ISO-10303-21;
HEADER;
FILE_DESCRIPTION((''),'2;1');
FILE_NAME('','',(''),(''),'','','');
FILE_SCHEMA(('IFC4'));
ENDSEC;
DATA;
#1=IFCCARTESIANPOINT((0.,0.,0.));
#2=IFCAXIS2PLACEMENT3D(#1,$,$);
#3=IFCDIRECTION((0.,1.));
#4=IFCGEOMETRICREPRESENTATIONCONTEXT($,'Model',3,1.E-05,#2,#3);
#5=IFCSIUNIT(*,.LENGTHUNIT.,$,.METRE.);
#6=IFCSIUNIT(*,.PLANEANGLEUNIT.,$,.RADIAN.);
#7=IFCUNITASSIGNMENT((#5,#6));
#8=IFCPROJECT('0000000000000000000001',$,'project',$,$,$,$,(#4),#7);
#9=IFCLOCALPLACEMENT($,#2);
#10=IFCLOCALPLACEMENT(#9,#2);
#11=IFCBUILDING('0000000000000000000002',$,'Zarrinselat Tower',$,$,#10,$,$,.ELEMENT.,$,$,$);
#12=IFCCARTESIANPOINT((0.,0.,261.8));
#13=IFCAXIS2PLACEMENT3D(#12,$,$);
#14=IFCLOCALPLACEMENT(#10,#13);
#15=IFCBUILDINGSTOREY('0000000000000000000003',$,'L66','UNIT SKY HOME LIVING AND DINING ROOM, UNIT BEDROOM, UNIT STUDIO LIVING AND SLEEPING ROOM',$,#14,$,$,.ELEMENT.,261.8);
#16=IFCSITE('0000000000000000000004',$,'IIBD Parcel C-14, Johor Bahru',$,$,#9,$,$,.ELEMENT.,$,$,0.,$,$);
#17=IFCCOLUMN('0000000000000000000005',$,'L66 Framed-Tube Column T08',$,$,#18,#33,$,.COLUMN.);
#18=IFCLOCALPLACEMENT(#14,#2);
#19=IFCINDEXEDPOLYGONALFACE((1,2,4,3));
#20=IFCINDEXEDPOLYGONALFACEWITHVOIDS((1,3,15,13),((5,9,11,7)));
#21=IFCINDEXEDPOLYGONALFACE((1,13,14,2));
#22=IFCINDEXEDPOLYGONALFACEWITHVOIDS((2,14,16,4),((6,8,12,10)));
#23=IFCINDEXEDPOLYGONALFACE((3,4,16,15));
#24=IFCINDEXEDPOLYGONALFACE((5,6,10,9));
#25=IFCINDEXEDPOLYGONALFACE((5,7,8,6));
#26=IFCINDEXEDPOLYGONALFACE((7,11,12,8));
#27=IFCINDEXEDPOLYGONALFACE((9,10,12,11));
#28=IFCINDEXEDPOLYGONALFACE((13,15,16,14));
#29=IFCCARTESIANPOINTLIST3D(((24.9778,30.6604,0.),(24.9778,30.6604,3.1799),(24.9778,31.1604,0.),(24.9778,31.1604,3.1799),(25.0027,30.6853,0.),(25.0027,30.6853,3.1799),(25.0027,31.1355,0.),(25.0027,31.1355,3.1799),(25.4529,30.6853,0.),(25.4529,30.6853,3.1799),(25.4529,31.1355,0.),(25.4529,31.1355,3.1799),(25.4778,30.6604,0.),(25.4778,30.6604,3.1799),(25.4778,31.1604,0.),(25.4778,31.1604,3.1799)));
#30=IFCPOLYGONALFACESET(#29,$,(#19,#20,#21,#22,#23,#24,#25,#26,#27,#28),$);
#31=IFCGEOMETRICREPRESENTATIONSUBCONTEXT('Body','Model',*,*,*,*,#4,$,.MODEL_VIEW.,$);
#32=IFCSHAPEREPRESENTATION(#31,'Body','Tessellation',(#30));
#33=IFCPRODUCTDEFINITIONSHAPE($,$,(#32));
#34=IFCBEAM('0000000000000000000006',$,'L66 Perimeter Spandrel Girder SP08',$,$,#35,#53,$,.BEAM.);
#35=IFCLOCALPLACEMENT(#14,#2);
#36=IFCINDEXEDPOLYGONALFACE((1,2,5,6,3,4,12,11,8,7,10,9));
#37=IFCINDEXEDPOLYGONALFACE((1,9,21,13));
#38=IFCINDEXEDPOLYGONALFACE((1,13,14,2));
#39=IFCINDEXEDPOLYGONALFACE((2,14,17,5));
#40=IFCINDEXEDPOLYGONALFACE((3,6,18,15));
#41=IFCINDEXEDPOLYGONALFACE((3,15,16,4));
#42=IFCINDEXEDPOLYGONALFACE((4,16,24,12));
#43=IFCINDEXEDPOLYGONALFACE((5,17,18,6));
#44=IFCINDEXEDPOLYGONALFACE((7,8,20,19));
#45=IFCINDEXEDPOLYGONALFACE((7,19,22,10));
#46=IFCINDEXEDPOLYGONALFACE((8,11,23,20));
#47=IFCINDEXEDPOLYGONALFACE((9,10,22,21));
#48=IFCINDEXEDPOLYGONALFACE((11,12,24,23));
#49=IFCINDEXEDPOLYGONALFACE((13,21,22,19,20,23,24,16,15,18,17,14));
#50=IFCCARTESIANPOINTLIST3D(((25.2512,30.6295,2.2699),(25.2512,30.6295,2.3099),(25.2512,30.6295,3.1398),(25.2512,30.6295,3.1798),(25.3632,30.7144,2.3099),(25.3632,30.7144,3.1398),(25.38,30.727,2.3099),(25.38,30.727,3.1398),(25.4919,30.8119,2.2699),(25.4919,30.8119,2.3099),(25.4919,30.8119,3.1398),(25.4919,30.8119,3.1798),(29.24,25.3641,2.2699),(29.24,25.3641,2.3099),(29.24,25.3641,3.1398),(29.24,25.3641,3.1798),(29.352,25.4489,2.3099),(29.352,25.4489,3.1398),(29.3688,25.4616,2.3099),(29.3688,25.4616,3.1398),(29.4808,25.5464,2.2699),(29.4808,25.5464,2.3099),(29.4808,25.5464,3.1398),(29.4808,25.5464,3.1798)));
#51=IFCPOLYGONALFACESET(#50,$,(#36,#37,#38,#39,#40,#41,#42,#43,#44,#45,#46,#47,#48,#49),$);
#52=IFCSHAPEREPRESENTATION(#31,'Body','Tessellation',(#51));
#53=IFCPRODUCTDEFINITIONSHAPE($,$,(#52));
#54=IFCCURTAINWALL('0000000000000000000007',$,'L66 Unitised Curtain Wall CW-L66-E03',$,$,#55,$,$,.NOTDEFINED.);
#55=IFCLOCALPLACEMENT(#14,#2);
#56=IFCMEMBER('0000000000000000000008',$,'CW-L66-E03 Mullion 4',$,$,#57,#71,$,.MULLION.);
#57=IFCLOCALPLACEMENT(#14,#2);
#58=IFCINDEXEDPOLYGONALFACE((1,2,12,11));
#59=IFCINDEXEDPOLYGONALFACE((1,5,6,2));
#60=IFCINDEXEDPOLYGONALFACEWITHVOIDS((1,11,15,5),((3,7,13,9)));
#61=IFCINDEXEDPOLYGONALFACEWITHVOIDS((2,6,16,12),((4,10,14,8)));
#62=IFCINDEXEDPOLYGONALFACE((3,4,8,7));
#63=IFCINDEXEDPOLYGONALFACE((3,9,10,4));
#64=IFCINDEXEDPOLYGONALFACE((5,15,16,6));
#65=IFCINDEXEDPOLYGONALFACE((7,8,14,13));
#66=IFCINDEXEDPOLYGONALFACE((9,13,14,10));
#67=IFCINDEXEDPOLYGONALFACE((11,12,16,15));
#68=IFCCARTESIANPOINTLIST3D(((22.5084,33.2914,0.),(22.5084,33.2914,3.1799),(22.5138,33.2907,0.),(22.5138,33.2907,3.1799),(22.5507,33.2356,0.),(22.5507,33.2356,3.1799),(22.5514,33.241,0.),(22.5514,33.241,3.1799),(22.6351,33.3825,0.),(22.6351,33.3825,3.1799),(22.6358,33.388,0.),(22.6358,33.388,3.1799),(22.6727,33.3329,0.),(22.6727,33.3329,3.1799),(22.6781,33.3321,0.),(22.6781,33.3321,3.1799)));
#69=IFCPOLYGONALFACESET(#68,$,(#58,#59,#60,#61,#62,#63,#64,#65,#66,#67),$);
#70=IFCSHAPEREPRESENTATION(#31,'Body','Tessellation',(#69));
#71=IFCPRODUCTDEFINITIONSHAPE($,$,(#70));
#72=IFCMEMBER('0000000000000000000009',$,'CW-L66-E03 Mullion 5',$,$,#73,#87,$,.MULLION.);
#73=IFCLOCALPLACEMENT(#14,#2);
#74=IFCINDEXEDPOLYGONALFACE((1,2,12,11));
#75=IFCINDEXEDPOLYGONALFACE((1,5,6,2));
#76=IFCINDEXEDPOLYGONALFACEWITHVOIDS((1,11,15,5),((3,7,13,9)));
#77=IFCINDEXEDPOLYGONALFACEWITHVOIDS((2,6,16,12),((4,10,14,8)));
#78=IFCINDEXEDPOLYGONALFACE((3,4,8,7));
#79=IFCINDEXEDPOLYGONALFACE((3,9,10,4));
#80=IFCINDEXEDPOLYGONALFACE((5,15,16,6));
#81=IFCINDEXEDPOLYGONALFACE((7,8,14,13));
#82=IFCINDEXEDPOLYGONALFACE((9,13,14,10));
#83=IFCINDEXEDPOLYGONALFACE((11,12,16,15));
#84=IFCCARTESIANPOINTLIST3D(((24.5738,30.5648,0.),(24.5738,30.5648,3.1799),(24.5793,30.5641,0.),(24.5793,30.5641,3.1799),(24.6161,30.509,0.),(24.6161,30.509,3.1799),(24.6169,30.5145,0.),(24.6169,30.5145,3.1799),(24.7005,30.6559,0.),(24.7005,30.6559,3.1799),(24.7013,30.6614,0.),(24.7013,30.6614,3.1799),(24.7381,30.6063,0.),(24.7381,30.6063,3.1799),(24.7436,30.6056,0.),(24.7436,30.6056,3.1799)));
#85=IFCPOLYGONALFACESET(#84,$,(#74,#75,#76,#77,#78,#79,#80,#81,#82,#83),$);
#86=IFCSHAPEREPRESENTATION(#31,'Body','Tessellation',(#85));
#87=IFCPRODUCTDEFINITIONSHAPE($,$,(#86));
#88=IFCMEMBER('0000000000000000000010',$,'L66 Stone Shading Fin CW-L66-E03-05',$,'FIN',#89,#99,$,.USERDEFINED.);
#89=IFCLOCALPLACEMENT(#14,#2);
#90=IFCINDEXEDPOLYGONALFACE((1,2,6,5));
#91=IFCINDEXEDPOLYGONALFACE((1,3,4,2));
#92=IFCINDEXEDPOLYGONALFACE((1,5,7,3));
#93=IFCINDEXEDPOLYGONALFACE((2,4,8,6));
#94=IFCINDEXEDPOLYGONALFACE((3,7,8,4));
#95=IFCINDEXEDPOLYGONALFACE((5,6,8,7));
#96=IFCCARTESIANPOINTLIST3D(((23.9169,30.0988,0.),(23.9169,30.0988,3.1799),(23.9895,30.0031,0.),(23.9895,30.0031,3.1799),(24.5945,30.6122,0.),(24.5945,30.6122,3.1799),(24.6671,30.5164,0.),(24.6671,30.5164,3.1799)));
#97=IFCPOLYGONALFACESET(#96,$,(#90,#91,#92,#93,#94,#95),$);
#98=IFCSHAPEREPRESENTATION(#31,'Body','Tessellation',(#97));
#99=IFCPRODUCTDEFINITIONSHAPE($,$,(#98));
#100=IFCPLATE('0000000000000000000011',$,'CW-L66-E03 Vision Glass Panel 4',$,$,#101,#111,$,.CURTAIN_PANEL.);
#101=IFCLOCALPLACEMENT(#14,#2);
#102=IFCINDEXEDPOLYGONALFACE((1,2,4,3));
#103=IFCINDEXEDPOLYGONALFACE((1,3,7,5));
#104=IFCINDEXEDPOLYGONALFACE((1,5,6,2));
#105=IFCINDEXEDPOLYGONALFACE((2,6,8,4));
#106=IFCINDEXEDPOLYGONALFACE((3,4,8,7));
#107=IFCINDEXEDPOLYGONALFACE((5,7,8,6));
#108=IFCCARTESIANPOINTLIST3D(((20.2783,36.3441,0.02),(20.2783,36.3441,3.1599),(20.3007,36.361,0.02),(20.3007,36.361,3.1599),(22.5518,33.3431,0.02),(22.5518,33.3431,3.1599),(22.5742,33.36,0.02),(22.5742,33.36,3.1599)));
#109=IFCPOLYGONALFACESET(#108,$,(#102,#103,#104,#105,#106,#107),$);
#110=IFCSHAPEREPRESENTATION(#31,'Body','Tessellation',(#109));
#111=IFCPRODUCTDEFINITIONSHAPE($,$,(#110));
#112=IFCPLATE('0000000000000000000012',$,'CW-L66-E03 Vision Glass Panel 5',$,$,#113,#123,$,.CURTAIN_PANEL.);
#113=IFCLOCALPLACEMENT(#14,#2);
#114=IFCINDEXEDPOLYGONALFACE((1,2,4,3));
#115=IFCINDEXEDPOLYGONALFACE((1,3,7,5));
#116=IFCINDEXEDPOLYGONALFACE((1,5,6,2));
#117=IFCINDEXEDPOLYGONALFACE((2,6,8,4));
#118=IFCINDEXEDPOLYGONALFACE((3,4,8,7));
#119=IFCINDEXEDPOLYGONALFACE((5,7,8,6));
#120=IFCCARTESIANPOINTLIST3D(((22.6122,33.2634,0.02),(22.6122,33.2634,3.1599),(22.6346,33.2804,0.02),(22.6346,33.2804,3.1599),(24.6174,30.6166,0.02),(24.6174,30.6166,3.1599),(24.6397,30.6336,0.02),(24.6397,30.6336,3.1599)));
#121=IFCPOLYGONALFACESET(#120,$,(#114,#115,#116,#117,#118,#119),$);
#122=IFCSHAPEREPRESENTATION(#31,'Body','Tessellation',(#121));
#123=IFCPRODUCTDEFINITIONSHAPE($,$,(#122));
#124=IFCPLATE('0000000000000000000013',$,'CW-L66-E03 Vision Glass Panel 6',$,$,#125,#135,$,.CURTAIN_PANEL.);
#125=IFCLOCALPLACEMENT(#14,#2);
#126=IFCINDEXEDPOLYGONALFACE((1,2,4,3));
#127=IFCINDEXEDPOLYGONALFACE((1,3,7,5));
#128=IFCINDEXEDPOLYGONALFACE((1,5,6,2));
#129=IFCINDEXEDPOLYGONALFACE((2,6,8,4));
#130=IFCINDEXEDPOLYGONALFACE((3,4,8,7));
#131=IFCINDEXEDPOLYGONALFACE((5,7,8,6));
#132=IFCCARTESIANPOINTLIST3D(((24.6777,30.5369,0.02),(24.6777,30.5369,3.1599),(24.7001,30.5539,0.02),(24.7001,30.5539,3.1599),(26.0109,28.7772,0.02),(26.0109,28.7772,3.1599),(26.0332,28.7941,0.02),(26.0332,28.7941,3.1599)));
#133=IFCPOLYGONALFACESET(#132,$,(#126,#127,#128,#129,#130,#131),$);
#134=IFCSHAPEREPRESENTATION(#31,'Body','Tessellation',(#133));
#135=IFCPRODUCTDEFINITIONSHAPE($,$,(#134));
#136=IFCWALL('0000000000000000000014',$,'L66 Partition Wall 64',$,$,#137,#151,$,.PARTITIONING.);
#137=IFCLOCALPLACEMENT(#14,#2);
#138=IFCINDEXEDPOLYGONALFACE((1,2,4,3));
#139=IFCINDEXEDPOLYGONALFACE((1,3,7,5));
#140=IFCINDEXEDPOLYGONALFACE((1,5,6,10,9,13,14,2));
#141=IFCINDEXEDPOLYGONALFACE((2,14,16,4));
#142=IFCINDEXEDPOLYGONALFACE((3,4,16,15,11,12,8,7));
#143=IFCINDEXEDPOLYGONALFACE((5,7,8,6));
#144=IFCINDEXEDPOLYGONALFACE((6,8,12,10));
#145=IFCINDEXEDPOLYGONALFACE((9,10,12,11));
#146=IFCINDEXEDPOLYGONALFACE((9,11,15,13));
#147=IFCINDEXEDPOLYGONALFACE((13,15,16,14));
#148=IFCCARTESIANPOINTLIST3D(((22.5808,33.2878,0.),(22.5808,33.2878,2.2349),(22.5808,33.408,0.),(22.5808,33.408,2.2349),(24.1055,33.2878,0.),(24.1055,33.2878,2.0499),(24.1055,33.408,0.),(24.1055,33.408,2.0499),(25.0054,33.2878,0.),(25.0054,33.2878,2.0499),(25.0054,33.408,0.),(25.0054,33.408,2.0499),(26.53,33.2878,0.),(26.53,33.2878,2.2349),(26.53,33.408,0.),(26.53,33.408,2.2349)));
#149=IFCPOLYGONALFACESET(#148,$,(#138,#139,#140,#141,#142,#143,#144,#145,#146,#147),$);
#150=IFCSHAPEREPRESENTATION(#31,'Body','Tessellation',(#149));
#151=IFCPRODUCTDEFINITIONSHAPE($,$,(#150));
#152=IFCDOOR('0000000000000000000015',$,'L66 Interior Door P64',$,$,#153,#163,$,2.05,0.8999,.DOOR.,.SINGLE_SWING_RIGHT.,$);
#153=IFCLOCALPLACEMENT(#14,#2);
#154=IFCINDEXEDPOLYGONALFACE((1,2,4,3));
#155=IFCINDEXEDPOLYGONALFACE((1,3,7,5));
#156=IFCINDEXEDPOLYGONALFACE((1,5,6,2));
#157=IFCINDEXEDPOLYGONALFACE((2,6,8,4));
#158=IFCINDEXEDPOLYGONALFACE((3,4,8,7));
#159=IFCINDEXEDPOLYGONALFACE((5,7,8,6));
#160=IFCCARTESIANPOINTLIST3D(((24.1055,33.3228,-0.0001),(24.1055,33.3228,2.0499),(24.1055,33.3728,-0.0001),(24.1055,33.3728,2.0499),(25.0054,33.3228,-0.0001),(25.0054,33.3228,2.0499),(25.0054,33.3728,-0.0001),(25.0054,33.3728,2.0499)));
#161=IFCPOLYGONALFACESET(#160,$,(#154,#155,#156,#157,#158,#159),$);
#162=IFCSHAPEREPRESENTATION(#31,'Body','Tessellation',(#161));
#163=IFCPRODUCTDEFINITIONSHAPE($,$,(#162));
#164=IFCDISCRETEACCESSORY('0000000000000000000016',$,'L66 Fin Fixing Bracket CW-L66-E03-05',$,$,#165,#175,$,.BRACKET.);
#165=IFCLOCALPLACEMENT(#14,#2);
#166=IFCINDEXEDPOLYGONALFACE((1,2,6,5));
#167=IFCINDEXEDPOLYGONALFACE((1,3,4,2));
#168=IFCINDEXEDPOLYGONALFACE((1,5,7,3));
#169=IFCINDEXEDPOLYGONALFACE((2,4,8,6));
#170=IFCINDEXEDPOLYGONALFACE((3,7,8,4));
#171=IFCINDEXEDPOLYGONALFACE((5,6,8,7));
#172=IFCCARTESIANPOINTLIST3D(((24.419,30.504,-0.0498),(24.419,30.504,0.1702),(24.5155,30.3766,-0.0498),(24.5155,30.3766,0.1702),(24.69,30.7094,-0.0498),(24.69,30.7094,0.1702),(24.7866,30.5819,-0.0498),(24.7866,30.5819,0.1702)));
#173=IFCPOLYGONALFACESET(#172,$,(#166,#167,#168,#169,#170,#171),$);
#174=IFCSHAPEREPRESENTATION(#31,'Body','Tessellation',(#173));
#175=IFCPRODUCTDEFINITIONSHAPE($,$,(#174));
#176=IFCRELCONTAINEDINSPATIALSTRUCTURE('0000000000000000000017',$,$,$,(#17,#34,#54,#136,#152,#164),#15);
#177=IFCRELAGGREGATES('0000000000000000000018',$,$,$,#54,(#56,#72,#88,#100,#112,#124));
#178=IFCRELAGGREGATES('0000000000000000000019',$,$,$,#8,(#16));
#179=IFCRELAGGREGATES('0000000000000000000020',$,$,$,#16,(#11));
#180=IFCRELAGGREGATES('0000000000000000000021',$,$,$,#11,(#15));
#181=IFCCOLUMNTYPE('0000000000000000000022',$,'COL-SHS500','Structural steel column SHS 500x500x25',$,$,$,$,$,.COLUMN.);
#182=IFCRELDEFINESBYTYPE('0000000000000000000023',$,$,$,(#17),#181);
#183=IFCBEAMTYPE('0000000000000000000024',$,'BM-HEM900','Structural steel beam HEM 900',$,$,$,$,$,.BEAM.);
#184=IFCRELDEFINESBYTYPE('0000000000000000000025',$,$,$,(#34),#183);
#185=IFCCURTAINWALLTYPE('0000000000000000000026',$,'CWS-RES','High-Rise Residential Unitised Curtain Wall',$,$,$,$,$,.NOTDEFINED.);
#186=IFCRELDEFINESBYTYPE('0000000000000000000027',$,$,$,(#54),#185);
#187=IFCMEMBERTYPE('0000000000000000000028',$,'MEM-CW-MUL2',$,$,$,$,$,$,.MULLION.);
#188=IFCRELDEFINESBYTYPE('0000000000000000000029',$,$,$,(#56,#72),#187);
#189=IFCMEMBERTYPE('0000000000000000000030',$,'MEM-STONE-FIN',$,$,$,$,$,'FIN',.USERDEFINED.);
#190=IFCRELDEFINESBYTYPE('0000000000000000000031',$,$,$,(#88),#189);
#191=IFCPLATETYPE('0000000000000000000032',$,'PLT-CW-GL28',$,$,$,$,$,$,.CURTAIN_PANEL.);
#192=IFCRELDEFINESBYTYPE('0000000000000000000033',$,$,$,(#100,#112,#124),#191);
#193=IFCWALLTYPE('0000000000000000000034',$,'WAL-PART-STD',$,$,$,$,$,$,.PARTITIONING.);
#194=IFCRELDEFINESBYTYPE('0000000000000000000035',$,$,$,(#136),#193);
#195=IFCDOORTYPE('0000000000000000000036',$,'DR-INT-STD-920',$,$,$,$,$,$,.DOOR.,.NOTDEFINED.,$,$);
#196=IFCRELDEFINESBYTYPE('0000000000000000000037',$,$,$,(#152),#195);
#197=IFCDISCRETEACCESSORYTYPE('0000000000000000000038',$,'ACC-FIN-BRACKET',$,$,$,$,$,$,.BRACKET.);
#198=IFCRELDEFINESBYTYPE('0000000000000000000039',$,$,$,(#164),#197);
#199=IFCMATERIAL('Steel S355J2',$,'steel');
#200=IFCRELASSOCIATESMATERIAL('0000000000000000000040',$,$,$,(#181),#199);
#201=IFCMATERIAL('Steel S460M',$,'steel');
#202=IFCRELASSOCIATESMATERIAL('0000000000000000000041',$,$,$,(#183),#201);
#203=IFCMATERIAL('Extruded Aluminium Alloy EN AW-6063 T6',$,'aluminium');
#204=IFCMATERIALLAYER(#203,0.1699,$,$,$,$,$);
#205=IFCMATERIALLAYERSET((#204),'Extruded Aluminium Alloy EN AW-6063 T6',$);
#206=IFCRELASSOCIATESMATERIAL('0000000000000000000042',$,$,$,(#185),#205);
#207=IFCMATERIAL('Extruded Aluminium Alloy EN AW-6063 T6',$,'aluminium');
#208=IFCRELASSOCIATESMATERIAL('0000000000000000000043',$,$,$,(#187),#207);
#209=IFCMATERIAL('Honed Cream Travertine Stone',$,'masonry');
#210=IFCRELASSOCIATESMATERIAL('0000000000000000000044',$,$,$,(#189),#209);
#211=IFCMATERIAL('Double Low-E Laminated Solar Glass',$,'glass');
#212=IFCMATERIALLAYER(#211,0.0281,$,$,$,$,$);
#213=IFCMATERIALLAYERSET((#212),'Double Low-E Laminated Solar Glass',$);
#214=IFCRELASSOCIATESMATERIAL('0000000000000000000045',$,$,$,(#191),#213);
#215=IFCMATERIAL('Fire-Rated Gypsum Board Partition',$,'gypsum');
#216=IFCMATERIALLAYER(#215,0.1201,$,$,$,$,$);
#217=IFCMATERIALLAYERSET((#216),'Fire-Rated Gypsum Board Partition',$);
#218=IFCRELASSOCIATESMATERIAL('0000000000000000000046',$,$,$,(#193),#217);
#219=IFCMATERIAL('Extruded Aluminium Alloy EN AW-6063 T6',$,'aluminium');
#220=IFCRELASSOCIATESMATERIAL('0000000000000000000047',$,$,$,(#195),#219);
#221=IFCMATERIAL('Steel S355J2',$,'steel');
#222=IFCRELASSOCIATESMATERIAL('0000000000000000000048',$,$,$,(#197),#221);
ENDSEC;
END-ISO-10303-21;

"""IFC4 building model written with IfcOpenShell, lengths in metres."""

from ifc_helpers import new_model, si_unit, direction, frame, frame_2d, origin, origin_2d, place, context, subcontext, project, spatial, rectangle, hollow_rectangle, i_section, extrude, material, layer, layer_set, material_profile, profile_set, type_object, element, fill, aggregate, save


model = new_model("IFC4")

# Units and contexts
model_context = context("Model", 3, precision=1e-05, world=origin(), true_north=direction((0.0, 1.0)))
body_context = subcontext(model_context, "Body", "Model", "MODEL_VIEW")
ifc_project = project(units=[si_unit("LENGTHUNIT", "METRE"), si_unit("PLANEANGLEUNIT", "RADIAN")], contexts=[model_context])

# Site, building, storey
site_placement = place(None, origin())
site = spatial("IfcSite", under=ifc_project, at=site_placement, Name="IIBD Parcel C-14, Johor Bahru", CompositionType="ELEMENT", RefElevation=0.0)
building_placement = place(site_placement, origin())
building = spatial("IfcBuilding", under=site, at=building_placement, Name="Zarrinselat Tower", CompositionType="ELEMENT")
storey_placement = place(building_placement, frame((0.0, 0.0, 261.8)))
storey = spatial("IfcBuildingStorey", under=building, at=storey_placement, Name="L66", Description="UNIT SKY HOME LIVING AND DINING ROOM, UNIT BEDROOM, UNIT STUDIO LIVING AND SLEEPING ROOM", CompositionType="ELEMENT", Elevation=261.8)

# Column
ifc_material_1 = material(Name="Steel S355J2", Category="steel")
ifc_material_profile_1 = material_profile(ifc_material_1, hollow_rectangle(XDim=0.5, YDim=0.5, WallThickness=0.0249, at=origin_2d()), Name="SHS 500x500x25")
ifc_profile_set_1 = profile_set([ifc_material_profile_1], Name="Steel S355J2")
column_type = type_object("IfcColumnType", Name="COL-SHS500", Description="Structural steel column SHS 500x500x25", PredefinedType="COLUMN", material=ifc_profile_set_1)
column_placement = place(storey_placement, frame((25.2278, 30.9104, 0.0), z_axis=(0.0, 0.0, 1.0), x_axis=(1.0, 0.0, 0.0)))
element("IfcColumn", 1, at=column_placement, inside=storey, type_object=column_type, Name="L66 Framed-Tube Column T08", PredefinedType="COLUMN", context=body_context, shape_type="SweptSolid", body=[
    extrude(hollow_rectangle(XDim=0.5, YDim=0.5, WallThickness=0.0249, at=origin_2d()), origin(), (0.0, 0.0, 1.0), 3.1799),
])

# Beam
ifc_material_2 = material(Name="Steel S460M", Category="steel")
ifc_material_profile_2 = material_profile(ifc_material_2, i_section(OverallWidth=0.302, OverallDepth=0.9099, WebThickness=0.021, FlangeThickness=0.04, at=origin_2d()), Name="HEM 900")
ifc_profile_set_2 = profile_set([ifc_material_profile_2], Name="Steel S460M")
beam_type = type_object("IfcBeamType", Name="BM-HEM900", Description="Structural steel beam HEM 900", PredefinedType="BEAM", material=ifc_profile_set_2)
beam_placement = place(storey_placement, frame((25.3716, 30.7207, 2.7249), z_axis=(0.603843, -0.797103, 0.0), x_axis=(0.797103, 0.603843, 0.0)))
element("IfcBeam", 2, at=beam_placement, inside=storey, type_object=beam_type, Name="L66 Perimeter Spandrel Girder SP08", PredefinedType="BEAM", context=body_context, shape_type="SweptSolid", body=[
    extrude(i_section(OverallWidth=0.302, OverallDepth=0.9099, WebThickness=0.021, FlangeThickness=0.04, at=origin_2d()), origin(), (0.0, 0.0, 1.0), 6.6057),
])

# Curtain wall, members, plates
ifc_material_3 = material(Name="Extruded Aluminium Alloy EN AW-6063 T6", Category="aluminium")
ifc_layer_1 = layer(ifc_material_3, 0.1699)
ifc_layer_set_1 = layer_set([ifc_layer_1], Name="Extruded Aluminium Alloy EN AW-6063 T6")
curtain_wall_type = type_object("IfcCurtainWallType", Name="CWS-RES", Description="High-Rise Residential Unitised Curtain Wall", PredefinedType="NOTDEFINED", material=ifc_layer_set_1)
curtain_wall_placement = place(storey_placement, origin())
curtain_wall = element("IfcCurtainWall", 3, at=curtain_wall_placement, inside=storey, type_object=curtain_wall_type, Name="L66 Unitised Curtain Wall CW-L66-E03", PredefinedType="NOTDEFINED")
ifc_material_4 = material(Name="Extruded Aluminium Alloy EN AW-6063 T6", Category="aluminium")
ifc_material_profile_3 = material_profile(ifc_material_4, hollow_rectangle(XDim=0.0701, YDim=0.1599, WallThickness=0.0039, at=origin_2d()), Name="RHS 160x70x4")
ifc_profile_set_3 = profile_set([ifc_material_profile_3], Name="Extruded Aluminium Alloy EN AW-6063 T6")
member_type_1 = type_object("IfcMemberType", Name="MEM-CW-MUL2", PredefinedType="MULLION", material=ifc_profile_set_3)
member_1_placement = place(storey_placement, frame((22.5933, 33.3118, 0.0), z_axis=(0.0, 0.0, 1.0), x_axis=(0.603858, -0.797092, 0.0)))
member_1 = element("IfcMember", 4, at=member_1_placement, type_object=member_type_1, Name="CW-L66-E03 Mullion 4", PredefinedType="MULLION", context=body_context, shape_type="SweptSolid", body=[
    extrude(hollow_rectangle(XDim=0.0701, YDim=0.1599, WallThickness=0.0039, at=origin_2d()), origin(), (0.0, 0.0, 1.0), 3.1799),
])
member_2_placement = place(storey_placement, frame((24.6587, 30.5852, 0.0), z_axis=(0.0, 0.0, 1.0), x_axis=(0.603858, -0.797092, 0.0)))
member_2 = element("IfcMember", 5, at=member_2_placement, type_object=member_type_1, Name="CW-L66-E03 Mullion 5", PredefinedType="MULLION", context=body_context, shape_type="SweptSolid", body=[
    extrude(hollow_rectangle(XDim=0.0701, YDim=0.1599, WallThickness=0.0039, at=origin_2d()), origin(), (0.0, 0.0, 1.0), 3.1799),
])
ifc_material_5 = material(Name="Honed Cream Travertine Stone", Category="masonry")
ifc_material_profile_4 = material_profile(ifc_material_5, rectangle(XDim=0.1201, YDim=0.8501, at=origin_2d()), Name="FIN 850x120")
ifc_profile_set_4 = profile_set([ifc_material_profile_4], Name="Honed Cream Travertine Stone")
member_type_2 = type_object("IfcMemberType", Name="MEM-STONE-FIN", ElementType="FIN", PredefinedType="USERDEFINED", material=ifc_profile_set_4)
member_3_placement = place(storey_placement, frame((24.292, 30.3076, 0.0), z_axis=(0.0, 0.0, 1.0), x_axis=(-0.603858, 0.797092, 0.0)))
member_3 = element("IfcMember", 6, at=member_3_placement, type_object=member_type_2, Name="L66 Stone Shading Fin CW-L66-E03-05", ObjectType="FIN", PredefinedType="USERDEFINED", context=body_context, shape_type="SweptSolid", body=[
    extrude(rectangle(XDim=0.1201, YDim=0.8501, at=origin_2d()), origin(), (0.0, 0.0, 1.0), 3.1799),
])
ifc_material_6 = material(Name="Double Low-E Laminated Solar Glass", Category="glass")
ifc_layer_2 = layer(ifc_material_6, 0.0281)
ifc_layer_set_2 = layer_set([ifc_layer_2], Name="Double Low-E Laminated Solar Glass")
plate_type = type_object("IfcPlateType", Name="PLT-CW-GL28", PredefinedType="CURTAIN_PANEL", material=ifc_layer_set_2)
plate_1_placement = place(storey_placement, frame((21.4263, 34.8521, 0.02), z_axis=(0.0, 0.0, 1.0), x_axis=(0.603858, -0.797092, 0.0)))
plate_1 = element("IfcPlate", 7, at=plate_1_placement, type_object=plate_type, Name="CW-L66-E03 Vision Glass Panel 4", PredefinedType="CURTAIN_PANEL", context=body_context, shape_type="SweptSolid", body=[
    extrude(rectangle(XDim=3.7649, YDim=0.0281, at=origin_2d()), origin(), (0.0, 0.0, 1.0), 3.1399),
])
plate_2_placement = place(storey_placement, frame((23.626, 31.9485, 0.02), z_axis=(0.0, 0.0, 1.0), x_axis=(0.603858, -0.797092, 0.0)))
plate_2 = element("IfcPlate", 8, at=plate_2_placement, type_object=plate_type, Name="CW-L66-E03 Vision Glass Panel 5", PredefinedType="CURTAIN_PANEL", context=body_context, shape_type="SweptSolid", body=[
    extrude(rectangle(XDim=3.3206, YDim=0.0281, at=origin_2d()), origin(), (0.0, 0.0, 1.0), 3.1399),
])
plate_3_placement = place(storey_placement, frame((25.3555, 29.6655, 0.02), z_axis=(0.0, 0.0, 1.0), x_axis=(0.603858, -0.797092, 0.0)))
plate_3 = element("IfcPlate", 9, at=plate_3_placement, type_object=plate_type, Name="CW-L66-E03 Vision Glass Panel 6", PredefinedType="CURTAIN_PANEL", context=body_context, shape_type="SweptSolid", body=[
    extrude(rectangle(XDim=2.2078, YDim=0.0281, at=origin_2d()), origin(), (0.0, 0.0, 1.0), 3.1399),
])
aggregate(curtain_wall, [member_1, member_2, member_3, plate_1, plate_2, plate_3])

# Wall, opening, door
ifc_material_7 = material(Name="Fire-Rated Gypsum Board Partition", Category="gypsum")
ifc_layer_3 = layer(ifc_material_7, 0.1201)
ifc_layer_set_3 = layer_set([ifc_layer_3], Name="Fire-Rated Gypsum Board Partition")
wall_type = type_object("IfcWallType", Name="WAL-PART-STD", PredefinedType="PARTITIONING", material=ifc_layer_set_3)
wall_placement = place(storey_placement, frame((22.5808, 33.3479, 0.0), z_axis=(0.0, 0.0, 1.0), x_axis=(1.0, 0.0, 0.0)))
wall = element("IfcWall", 10, at=wall_placement, inside=storey, type_object=wall_type, Name="L66 Partition Wall 64", PredefinedType="PARTITIONING", context=body_context, shape_type="SweptSolid", body=[
    extrude(rectangle(XDim=3.9492, YDim=0.1201, at=frame_2d((1.9746, 0.0))), origin(), (0.0, 0.0, 1.0), 2.2349),
])
opening_placement = place(wall_placement, frame((1.5247, 0.0, 0.0)))
opening = element("IfcOpeningElement", 11, at=opening_placement, cuts=wall, PredefinedType="OPENING", context=body_context, shape_type="SweptSolid", body=[
    extrude(rectangle(XDim=0.8999, YDim=2.05, at=frame_2d((0.45, 1.0249))), frame((0.0, 0.0701, 0.0), z_axis=(0.0, -1.0, 0.0), x_axis=(1.0, 0.0, 0.0)), (0.0, 0.0, 1.0), 0.1401),
])
ifc_material_8 = material(Name="Extruded Aluminium Alloy EN AW-6063 T6", Category="aluminium")
door_type = type_object("IfcDoorType", Name="DR-INT-STD-920", OperationType="NOTDEFINED", PredefinedType="DOOR", material=ifc_material_8)
door_placement = place(opening_placement, origin())
door = element("IfcDoor", 12, at=door_placement, inside=storey, type_object=door_type, Name="L66 Interior Door P64", OperationType="SINGLE_SWING_RIGHT", OverallHeight=2.05, OverallWidth=0.8999, PredefinedType="DOOR", context=body_context, shape_type="SweptSolid", body=[
    extrude(rectangle(XDim=0.8999, YDim=2.05, at=frame_2d((0.45, 1.0249))), frame((0.0, 0.0249, 0.0), z_axis=(0.0, -1.0, 0.0), x_axis=(1.0, 0.0, 0.0)), (0.0, 0.0, 1.0), 0.05),
])
fill(opening, door)

# Discrete accessory
ifc_material_9 = material(Name="Steel S355J2", Category="steel")
discrete_accessory_type = type_object("IfcDiscreteAccessoryType", Name="ACC-FIN-BRACKET", PredefinedType="BRACKET", material=ifc_material_9)
discrete_accessory_placement = place(storey_placement, frame((24.6028, 30.543, -0.0498), z_axis=(0.0, 0.0, 1.0), x_axis=(-0.797092, -0.603858, 0.0)))
element("IfcDiscreteAccessory", 13, at=discrete_accessory_placement, inside=storey, type_object=discrete_accessory_type, Name="L66 Fin Fixing Bracket CW-L66-E03-05", PredefinedType="BRACKET", context=body_context, shape_type="SweptSolid", body=[
    extrude(rectangle(XDim=0.3401, YDim=0.1599, at=origin_2d()), origin(), (0.0, 0.0, 1.0), 0.22),
])

save(model, "model.ifc")
